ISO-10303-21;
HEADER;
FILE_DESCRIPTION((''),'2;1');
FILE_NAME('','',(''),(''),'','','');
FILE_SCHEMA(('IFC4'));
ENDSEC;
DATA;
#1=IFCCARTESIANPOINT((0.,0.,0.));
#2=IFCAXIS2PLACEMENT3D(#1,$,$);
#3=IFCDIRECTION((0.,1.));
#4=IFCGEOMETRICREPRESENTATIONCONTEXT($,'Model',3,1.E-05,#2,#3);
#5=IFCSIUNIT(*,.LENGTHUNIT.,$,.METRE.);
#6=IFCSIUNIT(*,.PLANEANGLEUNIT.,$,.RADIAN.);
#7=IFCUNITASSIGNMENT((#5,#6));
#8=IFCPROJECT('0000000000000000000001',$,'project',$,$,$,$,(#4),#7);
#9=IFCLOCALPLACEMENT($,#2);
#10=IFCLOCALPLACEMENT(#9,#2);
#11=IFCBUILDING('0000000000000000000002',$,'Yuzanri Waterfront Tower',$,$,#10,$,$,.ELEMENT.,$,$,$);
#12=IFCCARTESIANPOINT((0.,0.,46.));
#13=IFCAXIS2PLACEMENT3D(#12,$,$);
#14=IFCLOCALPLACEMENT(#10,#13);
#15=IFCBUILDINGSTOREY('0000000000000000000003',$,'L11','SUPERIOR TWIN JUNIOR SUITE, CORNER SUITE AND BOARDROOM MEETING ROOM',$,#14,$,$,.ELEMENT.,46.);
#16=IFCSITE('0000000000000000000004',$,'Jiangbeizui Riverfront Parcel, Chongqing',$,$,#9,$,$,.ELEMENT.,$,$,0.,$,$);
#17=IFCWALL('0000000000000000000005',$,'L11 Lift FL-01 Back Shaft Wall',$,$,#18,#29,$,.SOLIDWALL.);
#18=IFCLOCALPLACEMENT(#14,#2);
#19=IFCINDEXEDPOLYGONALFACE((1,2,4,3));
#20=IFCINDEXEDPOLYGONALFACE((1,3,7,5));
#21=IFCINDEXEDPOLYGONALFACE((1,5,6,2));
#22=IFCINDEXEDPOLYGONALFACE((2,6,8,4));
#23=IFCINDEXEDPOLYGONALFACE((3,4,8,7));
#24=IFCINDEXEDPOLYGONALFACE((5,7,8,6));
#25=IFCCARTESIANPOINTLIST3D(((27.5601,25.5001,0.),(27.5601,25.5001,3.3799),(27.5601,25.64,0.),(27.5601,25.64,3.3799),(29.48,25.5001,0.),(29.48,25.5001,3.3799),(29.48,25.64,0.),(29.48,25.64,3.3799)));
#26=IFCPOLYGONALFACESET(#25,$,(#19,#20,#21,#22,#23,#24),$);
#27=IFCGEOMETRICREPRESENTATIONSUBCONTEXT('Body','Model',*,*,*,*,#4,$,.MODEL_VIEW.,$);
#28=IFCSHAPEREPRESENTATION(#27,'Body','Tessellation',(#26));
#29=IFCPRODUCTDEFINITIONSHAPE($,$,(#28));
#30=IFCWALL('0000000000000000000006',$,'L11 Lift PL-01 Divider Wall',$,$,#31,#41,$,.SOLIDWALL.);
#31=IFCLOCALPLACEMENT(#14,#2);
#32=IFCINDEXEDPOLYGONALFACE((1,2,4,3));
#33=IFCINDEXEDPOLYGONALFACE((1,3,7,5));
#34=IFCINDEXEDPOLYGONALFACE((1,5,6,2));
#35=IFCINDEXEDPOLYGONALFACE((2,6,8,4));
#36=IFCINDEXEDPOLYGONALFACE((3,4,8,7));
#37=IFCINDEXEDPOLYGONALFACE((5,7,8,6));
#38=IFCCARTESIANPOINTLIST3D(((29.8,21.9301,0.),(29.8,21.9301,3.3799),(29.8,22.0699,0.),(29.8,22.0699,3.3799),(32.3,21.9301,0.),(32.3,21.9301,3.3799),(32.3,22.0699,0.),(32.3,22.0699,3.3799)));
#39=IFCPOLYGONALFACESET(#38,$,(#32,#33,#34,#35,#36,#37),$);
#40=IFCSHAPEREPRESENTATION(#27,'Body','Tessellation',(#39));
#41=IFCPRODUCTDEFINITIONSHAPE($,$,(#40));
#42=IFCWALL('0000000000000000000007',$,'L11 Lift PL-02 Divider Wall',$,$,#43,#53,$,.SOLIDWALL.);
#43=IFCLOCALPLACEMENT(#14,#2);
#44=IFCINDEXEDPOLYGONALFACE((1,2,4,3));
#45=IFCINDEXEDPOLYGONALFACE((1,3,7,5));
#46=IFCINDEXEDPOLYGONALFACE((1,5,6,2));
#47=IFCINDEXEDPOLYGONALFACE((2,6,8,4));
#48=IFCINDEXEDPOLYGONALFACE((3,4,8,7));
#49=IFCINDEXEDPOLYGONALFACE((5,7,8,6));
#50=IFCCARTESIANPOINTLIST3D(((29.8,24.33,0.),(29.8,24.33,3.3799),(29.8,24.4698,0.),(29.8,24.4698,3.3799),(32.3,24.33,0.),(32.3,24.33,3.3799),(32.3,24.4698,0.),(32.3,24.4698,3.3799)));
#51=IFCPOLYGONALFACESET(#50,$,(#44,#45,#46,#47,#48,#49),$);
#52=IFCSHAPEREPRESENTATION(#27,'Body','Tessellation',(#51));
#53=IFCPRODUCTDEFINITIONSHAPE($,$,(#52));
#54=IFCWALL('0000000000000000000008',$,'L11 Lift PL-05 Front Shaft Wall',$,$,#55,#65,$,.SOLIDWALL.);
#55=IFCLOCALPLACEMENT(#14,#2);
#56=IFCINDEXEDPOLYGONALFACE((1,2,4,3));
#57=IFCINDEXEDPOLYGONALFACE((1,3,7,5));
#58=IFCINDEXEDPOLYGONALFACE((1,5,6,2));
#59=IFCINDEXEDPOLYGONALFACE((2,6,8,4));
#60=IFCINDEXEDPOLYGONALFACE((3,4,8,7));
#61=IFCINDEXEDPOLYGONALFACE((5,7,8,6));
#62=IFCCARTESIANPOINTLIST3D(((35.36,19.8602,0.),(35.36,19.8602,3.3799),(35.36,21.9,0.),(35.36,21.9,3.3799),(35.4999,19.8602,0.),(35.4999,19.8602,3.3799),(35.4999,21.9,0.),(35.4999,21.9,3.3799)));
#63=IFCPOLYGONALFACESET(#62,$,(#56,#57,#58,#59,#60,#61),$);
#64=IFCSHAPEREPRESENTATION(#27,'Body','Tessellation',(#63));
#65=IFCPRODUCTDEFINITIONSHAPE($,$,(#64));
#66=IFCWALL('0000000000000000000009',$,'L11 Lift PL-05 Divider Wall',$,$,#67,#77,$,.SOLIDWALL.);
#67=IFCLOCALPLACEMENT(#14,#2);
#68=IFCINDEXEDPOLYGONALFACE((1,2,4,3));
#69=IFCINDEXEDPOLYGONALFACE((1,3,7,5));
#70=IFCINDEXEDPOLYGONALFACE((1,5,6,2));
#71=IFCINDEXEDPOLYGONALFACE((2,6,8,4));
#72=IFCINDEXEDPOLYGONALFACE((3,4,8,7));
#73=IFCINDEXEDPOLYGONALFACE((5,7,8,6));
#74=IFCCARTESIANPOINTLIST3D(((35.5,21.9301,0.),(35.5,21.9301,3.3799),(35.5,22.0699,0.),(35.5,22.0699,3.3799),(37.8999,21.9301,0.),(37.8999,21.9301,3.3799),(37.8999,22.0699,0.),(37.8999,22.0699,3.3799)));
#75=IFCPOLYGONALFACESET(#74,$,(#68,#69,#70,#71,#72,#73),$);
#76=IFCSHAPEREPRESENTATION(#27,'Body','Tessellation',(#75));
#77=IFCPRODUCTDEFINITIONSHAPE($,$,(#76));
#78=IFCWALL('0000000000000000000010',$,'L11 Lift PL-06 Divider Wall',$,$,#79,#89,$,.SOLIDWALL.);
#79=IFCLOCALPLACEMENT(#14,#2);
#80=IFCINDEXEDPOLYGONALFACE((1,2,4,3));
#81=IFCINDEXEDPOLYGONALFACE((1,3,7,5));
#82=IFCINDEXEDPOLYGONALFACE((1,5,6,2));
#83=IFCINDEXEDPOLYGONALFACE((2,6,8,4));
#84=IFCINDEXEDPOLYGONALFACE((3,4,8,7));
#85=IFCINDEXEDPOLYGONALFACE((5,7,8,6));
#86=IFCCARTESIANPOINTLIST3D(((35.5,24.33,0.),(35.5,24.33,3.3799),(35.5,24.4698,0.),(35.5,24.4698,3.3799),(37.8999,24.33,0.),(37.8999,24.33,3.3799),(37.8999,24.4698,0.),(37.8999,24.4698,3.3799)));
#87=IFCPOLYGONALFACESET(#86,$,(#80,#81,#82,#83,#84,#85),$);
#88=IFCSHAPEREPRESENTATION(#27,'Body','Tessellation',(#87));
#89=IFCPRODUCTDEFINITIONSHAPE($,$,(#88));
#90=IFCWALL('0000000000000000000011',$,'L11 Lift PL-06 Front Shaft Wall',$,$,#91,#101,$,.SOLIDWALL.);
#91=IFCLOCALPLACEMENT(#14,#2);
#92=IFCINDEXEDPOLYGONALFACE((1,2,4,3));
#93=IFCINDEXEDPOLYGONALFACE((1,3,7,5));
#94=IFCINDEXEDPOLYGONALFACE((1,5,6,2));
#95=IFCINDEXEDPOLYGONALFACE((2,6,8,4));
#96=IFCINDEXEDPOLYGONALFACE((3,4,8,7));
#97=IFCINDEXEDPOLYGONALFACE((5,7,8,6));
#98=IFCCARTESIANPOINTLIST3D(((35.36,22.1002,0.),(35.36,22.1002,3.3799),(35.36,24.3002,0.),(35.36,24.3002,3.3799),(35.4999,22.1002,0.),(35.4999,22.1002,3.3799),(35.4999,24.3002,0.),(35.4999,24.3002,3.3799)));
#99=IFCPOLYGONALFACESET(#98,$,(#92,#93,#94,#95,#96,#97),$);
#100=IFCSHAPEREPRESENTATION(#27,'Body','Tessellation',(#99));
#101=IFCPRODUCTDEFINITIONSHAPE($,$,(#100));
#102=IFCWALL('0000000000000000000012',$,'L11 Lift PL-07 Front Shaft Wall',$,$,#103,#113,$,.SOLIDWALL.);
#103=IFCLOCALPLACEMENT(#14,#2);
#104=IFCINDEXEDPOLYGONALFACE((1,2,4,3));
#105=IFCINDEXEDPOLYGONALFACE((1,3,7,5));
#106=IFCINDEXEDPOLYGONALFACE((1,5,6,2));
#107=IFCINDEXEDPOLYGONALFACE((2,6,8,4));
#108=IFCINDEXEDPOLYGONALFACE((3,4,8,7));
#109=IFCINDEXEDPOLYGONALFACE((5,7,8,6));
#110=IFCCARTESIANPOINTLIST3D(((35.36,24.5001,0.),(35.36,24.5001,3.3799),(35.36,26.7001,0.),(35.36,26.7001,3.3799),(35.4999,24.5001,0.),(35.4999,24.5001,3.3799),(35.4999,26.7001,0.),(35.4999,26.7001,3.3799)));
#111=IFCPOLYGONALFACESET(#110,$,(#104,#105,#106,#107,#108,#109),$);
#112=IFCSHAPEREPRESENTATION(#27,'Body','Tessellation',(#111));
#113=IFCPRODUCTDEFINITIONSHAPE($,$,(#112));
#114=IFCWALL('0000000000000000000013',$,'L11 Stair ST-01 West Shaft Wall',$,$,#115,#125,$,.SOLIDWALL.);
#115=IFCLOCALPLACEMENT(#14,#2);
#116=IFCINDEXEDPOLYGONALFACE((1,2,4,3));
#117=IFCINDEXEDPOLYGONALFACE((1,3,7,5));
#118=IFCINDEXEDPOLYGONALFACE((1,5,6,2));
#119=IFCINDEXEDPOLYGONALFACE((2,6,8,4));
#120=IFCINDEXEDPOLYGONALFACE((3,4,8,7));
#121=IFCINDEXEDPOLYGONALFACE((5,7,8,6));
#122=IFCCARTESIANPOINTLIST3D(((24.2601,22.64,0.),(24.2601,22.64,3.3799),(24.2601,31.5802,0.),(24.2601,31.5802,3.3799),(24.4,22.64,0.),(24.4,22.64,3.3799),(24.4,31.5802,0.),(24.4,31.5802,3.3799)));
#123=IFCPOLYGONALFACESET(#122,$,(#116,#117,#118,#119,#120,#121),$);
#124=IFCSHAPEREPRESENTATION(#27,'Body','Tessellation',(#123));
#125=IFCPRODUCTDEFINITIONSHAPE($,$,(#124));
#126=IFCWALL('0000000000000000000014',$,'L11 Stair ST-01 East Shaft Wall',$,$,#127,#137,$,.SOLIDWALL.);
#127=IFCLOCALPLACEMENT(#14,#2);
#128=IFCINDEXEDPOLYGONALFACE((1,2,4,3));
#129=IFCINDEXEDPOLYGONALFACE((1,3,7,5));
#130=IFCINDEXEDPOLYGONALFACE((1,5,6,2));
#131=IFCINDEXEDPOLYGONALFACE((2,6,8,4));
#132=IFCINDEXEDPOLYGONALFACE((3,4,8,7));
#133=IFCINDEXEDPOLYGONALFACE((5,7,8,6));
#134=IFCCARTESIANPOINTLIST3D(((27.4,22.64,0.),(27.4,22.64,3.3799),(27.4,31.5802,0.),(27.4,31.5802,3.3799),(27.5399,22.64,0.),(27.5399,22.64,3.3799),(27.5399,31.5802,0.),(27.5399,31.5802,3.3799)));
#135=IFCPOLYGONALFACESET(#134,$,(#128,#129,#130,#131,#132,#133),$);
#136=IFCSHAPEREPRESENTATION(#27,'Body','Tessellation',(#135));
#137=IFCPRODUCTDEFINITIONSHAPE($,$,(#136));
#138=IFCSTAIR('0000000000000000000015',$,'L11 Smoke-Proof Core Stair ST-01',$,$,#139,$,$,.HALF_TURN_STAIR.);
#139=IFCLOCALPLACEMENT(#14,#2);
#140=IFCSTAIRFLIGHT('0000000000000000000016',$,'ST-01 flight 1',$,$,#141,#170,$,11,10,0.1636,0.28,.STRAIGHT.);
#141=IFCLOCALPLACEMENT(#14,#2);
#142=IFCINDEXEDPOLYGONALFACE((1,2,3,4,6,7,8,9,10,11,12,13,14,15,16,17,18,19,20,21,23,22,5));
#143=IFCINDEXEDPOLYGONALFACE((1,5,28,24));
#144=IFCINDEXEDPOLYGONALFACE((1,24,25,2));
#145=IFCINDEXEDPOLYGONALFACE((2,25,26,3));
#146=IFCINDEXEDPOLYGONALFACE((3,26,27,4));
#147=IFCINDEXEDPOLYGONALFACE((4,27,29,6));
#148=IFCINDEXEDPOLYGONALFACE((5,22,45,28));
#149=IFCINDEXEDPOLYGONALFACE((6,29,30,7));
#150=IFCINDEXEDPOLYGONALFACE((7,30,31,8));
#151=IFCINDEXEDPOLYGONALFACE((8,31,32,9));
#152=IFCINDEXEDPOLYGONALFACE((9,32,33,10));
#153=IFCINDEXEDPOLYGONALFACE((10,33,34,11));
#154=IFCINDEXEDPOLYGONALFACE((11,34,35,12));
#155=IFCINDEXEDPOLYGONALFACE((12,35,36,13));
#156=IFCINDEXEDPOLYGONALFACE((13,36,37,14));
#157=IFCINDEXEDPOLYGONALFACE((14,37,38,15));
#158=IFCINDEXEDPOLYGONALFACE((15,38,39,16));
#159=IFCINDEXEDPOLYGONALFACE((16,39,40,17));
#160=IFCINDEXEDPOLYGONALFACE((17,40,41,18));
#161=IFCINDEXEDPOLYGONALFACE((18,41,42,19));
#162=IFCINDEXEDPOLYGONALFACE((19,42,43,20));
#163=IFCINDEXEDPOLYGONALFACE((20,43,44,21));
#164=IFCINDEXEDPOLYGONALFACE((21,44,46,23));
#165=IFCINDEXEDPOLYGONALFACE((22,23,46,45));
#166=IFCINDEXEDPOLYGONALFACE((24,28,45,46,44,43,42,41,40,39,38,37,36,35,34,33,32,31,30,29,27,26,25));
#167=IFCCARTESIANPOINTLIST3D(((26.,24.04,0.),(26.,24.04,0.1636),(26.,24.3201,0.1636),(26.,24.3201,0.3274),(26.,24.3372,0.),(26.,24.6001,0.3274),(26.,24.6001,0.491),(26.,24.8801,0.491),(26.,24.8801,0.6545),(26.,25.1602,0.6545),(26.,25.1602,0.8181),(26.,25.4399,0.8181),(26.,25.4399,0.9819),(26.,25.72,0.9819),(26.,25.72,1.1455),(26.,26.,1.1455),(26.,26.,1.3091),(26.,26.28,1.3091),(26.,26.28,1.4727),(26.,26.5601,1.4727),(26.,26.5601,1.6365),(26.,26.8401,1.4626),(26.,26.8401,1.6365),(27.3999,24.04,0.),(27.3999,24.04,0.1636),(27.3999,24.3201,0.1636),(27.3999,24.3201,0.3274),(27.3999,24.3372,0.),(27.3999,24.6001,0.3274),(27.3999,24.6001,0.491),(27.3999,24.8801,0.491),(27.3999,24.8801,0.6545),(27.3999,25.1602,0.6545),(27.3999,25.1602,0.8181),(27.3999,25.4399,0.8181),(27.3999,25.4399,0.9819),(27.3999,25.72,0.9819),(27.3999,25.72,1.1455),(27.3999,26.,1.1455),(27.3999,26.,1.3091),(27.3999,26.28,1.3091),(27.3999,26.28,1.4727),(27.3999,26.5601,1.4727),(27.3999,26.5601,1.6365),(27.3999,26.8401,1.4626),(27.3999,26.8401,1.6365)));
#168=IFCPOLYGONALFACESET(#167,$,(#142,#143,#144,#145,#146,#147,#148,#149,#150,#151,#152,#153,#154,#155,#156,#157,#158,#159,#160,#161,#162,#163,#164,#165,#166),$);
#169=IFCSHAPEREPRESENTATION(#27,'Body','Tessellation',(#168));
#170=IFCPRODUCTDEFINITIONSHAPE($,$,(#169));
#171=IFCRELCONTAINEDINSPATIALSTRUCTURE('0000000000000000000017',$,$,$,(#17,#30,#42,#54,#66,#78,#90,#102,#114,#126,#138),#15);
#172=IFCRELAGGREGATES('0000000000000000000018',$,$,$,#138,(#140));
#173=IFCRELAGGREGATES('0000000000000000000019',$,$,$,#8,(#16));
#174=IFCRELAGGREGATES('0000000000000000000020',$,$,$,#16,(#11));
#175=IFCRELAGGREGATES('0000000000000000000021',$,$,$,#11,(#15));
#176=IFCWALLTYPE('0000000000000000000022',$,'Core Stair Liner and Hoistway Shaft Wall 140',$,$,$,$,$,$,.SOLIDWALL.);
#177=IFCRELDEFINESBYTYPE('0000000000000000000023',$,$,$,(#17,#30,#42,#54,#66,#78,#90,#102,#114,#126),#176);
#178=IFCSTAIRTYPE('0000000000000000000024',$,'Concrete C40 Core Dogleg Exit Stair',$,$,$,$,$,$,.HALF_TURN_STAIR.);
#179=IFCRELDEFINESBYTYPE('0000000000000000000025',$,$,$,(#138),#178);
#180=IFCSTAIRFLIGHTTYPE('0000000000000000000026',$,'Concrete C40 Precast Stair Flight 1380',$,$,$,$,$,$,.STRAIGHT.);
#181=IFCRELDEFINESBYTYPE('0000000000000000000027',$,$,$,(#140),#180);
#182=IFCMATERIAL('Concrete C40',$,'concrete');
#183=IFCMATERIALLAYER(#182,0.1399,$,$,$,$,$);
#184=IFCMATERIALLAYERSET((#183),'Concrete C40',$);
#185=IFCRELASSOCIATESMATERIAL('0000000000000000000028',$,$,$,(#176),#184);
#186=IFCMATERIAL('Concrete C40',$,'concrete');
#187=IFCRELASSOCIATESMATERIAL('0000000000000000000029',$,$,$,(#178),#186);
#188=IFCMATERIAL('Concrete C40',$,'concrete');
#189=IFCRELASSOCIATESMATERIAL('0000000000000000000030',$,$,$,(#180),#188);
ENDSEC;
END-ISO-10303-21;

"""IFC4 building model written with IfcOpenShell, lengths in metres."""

from ifc_helpers import new_model, si_unit, direction, frame, frame_2d, origin, place, context, subcontext, project, spatial, polyline, rectangle, outline, extrude, source, transform, mapped, material, layer, layer_set, type_object, element, aggregate, save


model = new_model("IFC4")

# Units and contexts
model_context = context("Model", 3, precision=1e-05, world=origin(), true_north=direction((0.0, 1.0)))
body_context = subcontext(model_context, "Body", "Model", "MODEL_VIEW")
ifc_project = project(units=[si_unit("LENGTHUNIT", "METRE"), si_unit("PLANEANGLEUNIT", "RADIAN")], contexts=[model_context])

# Site, building, storey
site_placement = place(None, origin())
site = spatial("IfcSite", under=ifc_project, at=site_placement, Name="Jiangbeizui Riverfront Parcel, Chongqing", CompositionType="ELEMENT", RefElevation=0.0)
building_placement = place(site_placement, origin())
building = spatial("IfcBuilding", under=site, at=building_placement, Name="Yuzanri Waterfront Tower", CompositionType="ELEMENT")
storey_placement = place(building_placement, frame((0.0, 0.0, 46.0)))
storey = spatial("IfcBuildingStorey", under=building, at=storey_placement, Name="L11", Description="SUPERIOR TWIN JUNIOR SUITE, CORNER SUITE AND BOARDROOM MEETING ROOM", CompositionType="ELEMENT", Elevation=46.0)

# Shared definitions
ifc_material_1 = material(Name="Concrete C40", Category="concrete")
ifc_layer_1 = layer(ifc_material_1, 0.1399)
ifc_layer_set_1 = layer_set([ifc_layer_1], Name="Concrete C40")
wall_type_1 = type_object("IfcWallType", Name="Core Stair Liner and Hoistway Shaft Wall 140", PredefinedType="SOLIDWALL", material=ifc_layer_set_1)

# Walls
shared_shape_1 = source(origin(), body_context, "Body", "SweptSolid", [
    extrude(rectangle(XDim=1.9199, YDim=0.1399, at=frame_2d((0.96, 0.0))), origin(), (0.0, 0.0, 1.0), 3.3799),
])
wall_1_placement = place(storey_placement, frame((27.5601, 25.5701, 0.0), z_axis=(0.0, 0.0, 1.0), x_axis=(1.0, 0.0, 0.0)))
element("IfcWall", 1, at=wall_1_placement, inside=storey, type_object=wall_type_1, Name="L11 Lift FL-01 Back Shaft Wall", PredefinedType="SOLIDWALL", context=body_context, shape_type="MappedRepresentation", body=[
    mapped(shared_shape_1, transform((0.0, 0.0, 0.0), scale=1.0)),
])
shared_shape_2 = source(origin(), body_context, "Body", "SweptSolid", [
    extrude(rectangle(XDim=2.5, YDim=0.1399, at=frame_2d((1.25, 0.0))), origin(), (0.0, 0.0, 1.0), 3.3799),
])
for number, where, z_axis, x_axis, name in (
    (2, (29.8, 22.0, 0.0), (0.0, 0.0, 1.0), (1.0, 0.0, 0.0), "L11 Lift PL-01 Divider Wall"),
    (3, (29.8, 24.3999, 0.0), (0.0, 0.0, 1.0), (1.0, 0.0, 0.0), "L11 Lift PL-02 Divider Wall"),
):
    element("IfcWall", number, at=place(storey_placement, frame(where, z_axis=z_axis, x_axis=x_axis)), inside=storey, type_object=wall_type_1, Name=name, PredefinedType="SOLIDWALL", context=body_context, shape_type="MappedRepresentation", body=[
        mapped(shared_shape_2, transform((0.0, 0.0, 0.0), scale=1.0)),
    ])
shared_shape_3 = source(origin(), body_context, "Body", "SweptSolid", [
    extrude(rectangle(XDim=2.0398, YDim=0.1399, at=frame_2d((1.02, 0.0))), origin(), (0.0, 0.0, 1.0), 3.3799),
])
wall_2_placement = place(storey_placement, frame((35.4299, 19.8601, 0.0), z_axis=(0.0, 0.0, 1.0), x_axis=(0.0, 1.0, 0.0)))
element("IfcWall", 4, at=wall_2_placement, inside=storey, type_object=wall_type_1, Name="L11 Lift PL-05 Front Shaft Wall", PredefinedType="SOLIDWALL", context=body_context, shape_type="MappedRepresentation", body=[
    mapped(shared_shape_3, transform((0.0, 0.0, 0.0), scale=1.0)),
])
shared_shape_4 = source(origin(), body_context, "Body", "SweptSolid", [
    extrude(rectangle(XDim=2.3999, YDim=0.1399, at=frame_2d((1.2, 0.0))), origin(), (0.0, 0.0, 1.0), 3.3799),
])
for number, where, z_axis, x_axis, name in (
    (5, (35.5, 22.0, 0.0), (0.0, 0.0, 1.0), (1.0, 0.0, 0.0), "L11 Lift PL-05 Divider Wall"),
    (6, (35.5, 24.3999, 0.0), (0.0, 0.0, 1.0), (1.0, 0.0, 0.0), "L11 Lift PL-06 Divider Wall"),
):
    element("IfcWall", number, at=place(storey_placement, frame(where, z_axis=z_axis, x_axis=x_axis)), inside=storey, type_object=wall_type_1, Name=name, PredefinedType="SOLIDWALL", context=body_context, shape_type="MappedRepresentation", body=[
        mapped(shared_shape_4, transform((0.0, 0.0, 0.0), scale=1.0)),
    ])
shared_shape_5 = source(origin(), body_context, "Body", "SweptSolid", [
    extrude(rectangle(XDim=2.2, YDim=0.1399, at=frame_2d((1.1001, 0.0))), origin(), (0.0, 0.0, 1.0), 3.3799),
])
for number, where, z_axis, x_axis, name in (
    (7, (35.4299, 22.1001, 0.0), (0.0, 0.0, 1.0), (0.0, 1.0, 0.0), "L11 Lift PL-06 Front Shaft Wall"),
    (8, (35.4299, 24.5, 0.0), (0.0, 0.0, 1.0), (0.0, 1.0, 0.0), "L11 Lift PL-07 Front Shaft Wall"),
):
    element("IfcWall", number, at=place(storey_placement, frame(where, z_axis=z_axis, x_axis=x_axis)), inside=storey, type_object=wall_type_1, Name=name, PredefinedType="SOLIDWALL", context=body_context, shape_type="MappedRepresentation", body=[
        mapped(shared_shape_5, transform((0.0, 0.0, 0.0), scale=1.0)),
    ])
shared_shape_6 = source(origin(), body_context, "Body", "SweptSolid", [
    extrude(rectangle(XDim=8.9402, YDim=0.1399, at=frame_2d((4.4702, 0.0))), origin(), (0.0, 0.0, 1.0), 3.3799),
])
for number, where, z_axis, x_axis, name in (
    (9, (24.3301, 22.6399, 0.0), (0.0, 0.0, 1.0), (0.0, 1.0, 0.0), "L11 Stair ST-01 West Shaft Wall"),
    (10, (27.47, 22.6399, 0.0), (0.0, 0.0, 1.0), (0.0, 1.0, 0.0), "L11 Stair ST-01 East Shaft Wall"),
):
    element("IfcWall", number, at=place(storey_placement, frame(where, z_axis=z_axis, x_axis=x_axis)), inside=storey, type_object=wall_type_1, Name=name, PredefinedType="SOLIDWALL", context=body_context, shape_type="MappedRepresentation", body=[
        mapped(shared_shape_6, transform((0.0, 0.0, 0.0), scale=1.0)),
    ])

# Stair, stair flight
ifc_material_2 = material(Name="Concrete C40", Category="concrete")
stair_type = type_object("IfcStairType", Name="Concrete C40 Core Dogleg Exit Stair", PredefinedType="HALF_TURN_STAIR", material=ifc_material_2)
stair_placement = place(storey_placement, origin())
stair = element("IfcStair", 11, at=stair_placement, inside=storey, type_object=stair_type, Name="L11 Smoke-Proof Core Stair ST-01", PredefinedType="HALF_TURN_STAIR")
ifc_material_3 = material(Name="Concrete C40", Category="concrete")
stair_flight_type = type_object("IfcStairFlightType", Name="Concrete C40 Precast Stair Flight 1380", PredefinedType="STRAIGHT", material=ifc_material_3)
shared_shape_7 = source(origin(), body_context, "Body", "SweptSolid", [
    extrude(outline(polyline([(0.0, 0.0), (0.0, 0.1636), (0.28, 0.1636), (0.28, 0.3274), (0.5601, 0.3274), (0.5601, 0.491), (0.8401, 0.491), (0.8401, 0.6545), (1.1201, 0.6545), (1.1201, 0.8181), (1.3999, 0.8181), (1.3999, 0.9819), (1.6799, 0.9819), (1.6799, 1.1455), (1.96, 1.1455), (1.96, 1.3091), (2.24, 1.3091), (2.24, 1.4727), (2.52, 1.4727), (2.52, 1.6365), (2.8, 1.6365), (2.8, 1.8), (2.8, 1.4626), (0.2971, 0.0), (0.0, 0.0)])), frame((0.0, 0.7, 0.0), z_axis=(0.0, -1.0, 0.0), x_axis=(1.0, 0.0, 0.0)), (0.0, 0.0, 1.0), 1.3999),
])
stair_flight_placement = place(storey_placement, frame((26.7, 24.04, 0.0), z_axis=(0.0, 0.0, 1.0), x_axis=(0.0, 1.0, 0.0)))
stair_flight = element("IfcStairFlight", 12, at=stair_flight_placement, type_object=stair_flight_type, Name="ST-01 flight 1", NumberOfRisers=11, NumberOfTreads=10, PredefinedType="STRAIGHT", RiserHeight=0.1636, TreadLength=0.28, context=body_context, shape_type="MappedRepresentation", body=[
    mapped(shared_shape_7, transform((0.0, 0.0, 0.0), scale=1.0)),
])
aggregate(stair, [stair_flight])

save(model, "model.ifc")
